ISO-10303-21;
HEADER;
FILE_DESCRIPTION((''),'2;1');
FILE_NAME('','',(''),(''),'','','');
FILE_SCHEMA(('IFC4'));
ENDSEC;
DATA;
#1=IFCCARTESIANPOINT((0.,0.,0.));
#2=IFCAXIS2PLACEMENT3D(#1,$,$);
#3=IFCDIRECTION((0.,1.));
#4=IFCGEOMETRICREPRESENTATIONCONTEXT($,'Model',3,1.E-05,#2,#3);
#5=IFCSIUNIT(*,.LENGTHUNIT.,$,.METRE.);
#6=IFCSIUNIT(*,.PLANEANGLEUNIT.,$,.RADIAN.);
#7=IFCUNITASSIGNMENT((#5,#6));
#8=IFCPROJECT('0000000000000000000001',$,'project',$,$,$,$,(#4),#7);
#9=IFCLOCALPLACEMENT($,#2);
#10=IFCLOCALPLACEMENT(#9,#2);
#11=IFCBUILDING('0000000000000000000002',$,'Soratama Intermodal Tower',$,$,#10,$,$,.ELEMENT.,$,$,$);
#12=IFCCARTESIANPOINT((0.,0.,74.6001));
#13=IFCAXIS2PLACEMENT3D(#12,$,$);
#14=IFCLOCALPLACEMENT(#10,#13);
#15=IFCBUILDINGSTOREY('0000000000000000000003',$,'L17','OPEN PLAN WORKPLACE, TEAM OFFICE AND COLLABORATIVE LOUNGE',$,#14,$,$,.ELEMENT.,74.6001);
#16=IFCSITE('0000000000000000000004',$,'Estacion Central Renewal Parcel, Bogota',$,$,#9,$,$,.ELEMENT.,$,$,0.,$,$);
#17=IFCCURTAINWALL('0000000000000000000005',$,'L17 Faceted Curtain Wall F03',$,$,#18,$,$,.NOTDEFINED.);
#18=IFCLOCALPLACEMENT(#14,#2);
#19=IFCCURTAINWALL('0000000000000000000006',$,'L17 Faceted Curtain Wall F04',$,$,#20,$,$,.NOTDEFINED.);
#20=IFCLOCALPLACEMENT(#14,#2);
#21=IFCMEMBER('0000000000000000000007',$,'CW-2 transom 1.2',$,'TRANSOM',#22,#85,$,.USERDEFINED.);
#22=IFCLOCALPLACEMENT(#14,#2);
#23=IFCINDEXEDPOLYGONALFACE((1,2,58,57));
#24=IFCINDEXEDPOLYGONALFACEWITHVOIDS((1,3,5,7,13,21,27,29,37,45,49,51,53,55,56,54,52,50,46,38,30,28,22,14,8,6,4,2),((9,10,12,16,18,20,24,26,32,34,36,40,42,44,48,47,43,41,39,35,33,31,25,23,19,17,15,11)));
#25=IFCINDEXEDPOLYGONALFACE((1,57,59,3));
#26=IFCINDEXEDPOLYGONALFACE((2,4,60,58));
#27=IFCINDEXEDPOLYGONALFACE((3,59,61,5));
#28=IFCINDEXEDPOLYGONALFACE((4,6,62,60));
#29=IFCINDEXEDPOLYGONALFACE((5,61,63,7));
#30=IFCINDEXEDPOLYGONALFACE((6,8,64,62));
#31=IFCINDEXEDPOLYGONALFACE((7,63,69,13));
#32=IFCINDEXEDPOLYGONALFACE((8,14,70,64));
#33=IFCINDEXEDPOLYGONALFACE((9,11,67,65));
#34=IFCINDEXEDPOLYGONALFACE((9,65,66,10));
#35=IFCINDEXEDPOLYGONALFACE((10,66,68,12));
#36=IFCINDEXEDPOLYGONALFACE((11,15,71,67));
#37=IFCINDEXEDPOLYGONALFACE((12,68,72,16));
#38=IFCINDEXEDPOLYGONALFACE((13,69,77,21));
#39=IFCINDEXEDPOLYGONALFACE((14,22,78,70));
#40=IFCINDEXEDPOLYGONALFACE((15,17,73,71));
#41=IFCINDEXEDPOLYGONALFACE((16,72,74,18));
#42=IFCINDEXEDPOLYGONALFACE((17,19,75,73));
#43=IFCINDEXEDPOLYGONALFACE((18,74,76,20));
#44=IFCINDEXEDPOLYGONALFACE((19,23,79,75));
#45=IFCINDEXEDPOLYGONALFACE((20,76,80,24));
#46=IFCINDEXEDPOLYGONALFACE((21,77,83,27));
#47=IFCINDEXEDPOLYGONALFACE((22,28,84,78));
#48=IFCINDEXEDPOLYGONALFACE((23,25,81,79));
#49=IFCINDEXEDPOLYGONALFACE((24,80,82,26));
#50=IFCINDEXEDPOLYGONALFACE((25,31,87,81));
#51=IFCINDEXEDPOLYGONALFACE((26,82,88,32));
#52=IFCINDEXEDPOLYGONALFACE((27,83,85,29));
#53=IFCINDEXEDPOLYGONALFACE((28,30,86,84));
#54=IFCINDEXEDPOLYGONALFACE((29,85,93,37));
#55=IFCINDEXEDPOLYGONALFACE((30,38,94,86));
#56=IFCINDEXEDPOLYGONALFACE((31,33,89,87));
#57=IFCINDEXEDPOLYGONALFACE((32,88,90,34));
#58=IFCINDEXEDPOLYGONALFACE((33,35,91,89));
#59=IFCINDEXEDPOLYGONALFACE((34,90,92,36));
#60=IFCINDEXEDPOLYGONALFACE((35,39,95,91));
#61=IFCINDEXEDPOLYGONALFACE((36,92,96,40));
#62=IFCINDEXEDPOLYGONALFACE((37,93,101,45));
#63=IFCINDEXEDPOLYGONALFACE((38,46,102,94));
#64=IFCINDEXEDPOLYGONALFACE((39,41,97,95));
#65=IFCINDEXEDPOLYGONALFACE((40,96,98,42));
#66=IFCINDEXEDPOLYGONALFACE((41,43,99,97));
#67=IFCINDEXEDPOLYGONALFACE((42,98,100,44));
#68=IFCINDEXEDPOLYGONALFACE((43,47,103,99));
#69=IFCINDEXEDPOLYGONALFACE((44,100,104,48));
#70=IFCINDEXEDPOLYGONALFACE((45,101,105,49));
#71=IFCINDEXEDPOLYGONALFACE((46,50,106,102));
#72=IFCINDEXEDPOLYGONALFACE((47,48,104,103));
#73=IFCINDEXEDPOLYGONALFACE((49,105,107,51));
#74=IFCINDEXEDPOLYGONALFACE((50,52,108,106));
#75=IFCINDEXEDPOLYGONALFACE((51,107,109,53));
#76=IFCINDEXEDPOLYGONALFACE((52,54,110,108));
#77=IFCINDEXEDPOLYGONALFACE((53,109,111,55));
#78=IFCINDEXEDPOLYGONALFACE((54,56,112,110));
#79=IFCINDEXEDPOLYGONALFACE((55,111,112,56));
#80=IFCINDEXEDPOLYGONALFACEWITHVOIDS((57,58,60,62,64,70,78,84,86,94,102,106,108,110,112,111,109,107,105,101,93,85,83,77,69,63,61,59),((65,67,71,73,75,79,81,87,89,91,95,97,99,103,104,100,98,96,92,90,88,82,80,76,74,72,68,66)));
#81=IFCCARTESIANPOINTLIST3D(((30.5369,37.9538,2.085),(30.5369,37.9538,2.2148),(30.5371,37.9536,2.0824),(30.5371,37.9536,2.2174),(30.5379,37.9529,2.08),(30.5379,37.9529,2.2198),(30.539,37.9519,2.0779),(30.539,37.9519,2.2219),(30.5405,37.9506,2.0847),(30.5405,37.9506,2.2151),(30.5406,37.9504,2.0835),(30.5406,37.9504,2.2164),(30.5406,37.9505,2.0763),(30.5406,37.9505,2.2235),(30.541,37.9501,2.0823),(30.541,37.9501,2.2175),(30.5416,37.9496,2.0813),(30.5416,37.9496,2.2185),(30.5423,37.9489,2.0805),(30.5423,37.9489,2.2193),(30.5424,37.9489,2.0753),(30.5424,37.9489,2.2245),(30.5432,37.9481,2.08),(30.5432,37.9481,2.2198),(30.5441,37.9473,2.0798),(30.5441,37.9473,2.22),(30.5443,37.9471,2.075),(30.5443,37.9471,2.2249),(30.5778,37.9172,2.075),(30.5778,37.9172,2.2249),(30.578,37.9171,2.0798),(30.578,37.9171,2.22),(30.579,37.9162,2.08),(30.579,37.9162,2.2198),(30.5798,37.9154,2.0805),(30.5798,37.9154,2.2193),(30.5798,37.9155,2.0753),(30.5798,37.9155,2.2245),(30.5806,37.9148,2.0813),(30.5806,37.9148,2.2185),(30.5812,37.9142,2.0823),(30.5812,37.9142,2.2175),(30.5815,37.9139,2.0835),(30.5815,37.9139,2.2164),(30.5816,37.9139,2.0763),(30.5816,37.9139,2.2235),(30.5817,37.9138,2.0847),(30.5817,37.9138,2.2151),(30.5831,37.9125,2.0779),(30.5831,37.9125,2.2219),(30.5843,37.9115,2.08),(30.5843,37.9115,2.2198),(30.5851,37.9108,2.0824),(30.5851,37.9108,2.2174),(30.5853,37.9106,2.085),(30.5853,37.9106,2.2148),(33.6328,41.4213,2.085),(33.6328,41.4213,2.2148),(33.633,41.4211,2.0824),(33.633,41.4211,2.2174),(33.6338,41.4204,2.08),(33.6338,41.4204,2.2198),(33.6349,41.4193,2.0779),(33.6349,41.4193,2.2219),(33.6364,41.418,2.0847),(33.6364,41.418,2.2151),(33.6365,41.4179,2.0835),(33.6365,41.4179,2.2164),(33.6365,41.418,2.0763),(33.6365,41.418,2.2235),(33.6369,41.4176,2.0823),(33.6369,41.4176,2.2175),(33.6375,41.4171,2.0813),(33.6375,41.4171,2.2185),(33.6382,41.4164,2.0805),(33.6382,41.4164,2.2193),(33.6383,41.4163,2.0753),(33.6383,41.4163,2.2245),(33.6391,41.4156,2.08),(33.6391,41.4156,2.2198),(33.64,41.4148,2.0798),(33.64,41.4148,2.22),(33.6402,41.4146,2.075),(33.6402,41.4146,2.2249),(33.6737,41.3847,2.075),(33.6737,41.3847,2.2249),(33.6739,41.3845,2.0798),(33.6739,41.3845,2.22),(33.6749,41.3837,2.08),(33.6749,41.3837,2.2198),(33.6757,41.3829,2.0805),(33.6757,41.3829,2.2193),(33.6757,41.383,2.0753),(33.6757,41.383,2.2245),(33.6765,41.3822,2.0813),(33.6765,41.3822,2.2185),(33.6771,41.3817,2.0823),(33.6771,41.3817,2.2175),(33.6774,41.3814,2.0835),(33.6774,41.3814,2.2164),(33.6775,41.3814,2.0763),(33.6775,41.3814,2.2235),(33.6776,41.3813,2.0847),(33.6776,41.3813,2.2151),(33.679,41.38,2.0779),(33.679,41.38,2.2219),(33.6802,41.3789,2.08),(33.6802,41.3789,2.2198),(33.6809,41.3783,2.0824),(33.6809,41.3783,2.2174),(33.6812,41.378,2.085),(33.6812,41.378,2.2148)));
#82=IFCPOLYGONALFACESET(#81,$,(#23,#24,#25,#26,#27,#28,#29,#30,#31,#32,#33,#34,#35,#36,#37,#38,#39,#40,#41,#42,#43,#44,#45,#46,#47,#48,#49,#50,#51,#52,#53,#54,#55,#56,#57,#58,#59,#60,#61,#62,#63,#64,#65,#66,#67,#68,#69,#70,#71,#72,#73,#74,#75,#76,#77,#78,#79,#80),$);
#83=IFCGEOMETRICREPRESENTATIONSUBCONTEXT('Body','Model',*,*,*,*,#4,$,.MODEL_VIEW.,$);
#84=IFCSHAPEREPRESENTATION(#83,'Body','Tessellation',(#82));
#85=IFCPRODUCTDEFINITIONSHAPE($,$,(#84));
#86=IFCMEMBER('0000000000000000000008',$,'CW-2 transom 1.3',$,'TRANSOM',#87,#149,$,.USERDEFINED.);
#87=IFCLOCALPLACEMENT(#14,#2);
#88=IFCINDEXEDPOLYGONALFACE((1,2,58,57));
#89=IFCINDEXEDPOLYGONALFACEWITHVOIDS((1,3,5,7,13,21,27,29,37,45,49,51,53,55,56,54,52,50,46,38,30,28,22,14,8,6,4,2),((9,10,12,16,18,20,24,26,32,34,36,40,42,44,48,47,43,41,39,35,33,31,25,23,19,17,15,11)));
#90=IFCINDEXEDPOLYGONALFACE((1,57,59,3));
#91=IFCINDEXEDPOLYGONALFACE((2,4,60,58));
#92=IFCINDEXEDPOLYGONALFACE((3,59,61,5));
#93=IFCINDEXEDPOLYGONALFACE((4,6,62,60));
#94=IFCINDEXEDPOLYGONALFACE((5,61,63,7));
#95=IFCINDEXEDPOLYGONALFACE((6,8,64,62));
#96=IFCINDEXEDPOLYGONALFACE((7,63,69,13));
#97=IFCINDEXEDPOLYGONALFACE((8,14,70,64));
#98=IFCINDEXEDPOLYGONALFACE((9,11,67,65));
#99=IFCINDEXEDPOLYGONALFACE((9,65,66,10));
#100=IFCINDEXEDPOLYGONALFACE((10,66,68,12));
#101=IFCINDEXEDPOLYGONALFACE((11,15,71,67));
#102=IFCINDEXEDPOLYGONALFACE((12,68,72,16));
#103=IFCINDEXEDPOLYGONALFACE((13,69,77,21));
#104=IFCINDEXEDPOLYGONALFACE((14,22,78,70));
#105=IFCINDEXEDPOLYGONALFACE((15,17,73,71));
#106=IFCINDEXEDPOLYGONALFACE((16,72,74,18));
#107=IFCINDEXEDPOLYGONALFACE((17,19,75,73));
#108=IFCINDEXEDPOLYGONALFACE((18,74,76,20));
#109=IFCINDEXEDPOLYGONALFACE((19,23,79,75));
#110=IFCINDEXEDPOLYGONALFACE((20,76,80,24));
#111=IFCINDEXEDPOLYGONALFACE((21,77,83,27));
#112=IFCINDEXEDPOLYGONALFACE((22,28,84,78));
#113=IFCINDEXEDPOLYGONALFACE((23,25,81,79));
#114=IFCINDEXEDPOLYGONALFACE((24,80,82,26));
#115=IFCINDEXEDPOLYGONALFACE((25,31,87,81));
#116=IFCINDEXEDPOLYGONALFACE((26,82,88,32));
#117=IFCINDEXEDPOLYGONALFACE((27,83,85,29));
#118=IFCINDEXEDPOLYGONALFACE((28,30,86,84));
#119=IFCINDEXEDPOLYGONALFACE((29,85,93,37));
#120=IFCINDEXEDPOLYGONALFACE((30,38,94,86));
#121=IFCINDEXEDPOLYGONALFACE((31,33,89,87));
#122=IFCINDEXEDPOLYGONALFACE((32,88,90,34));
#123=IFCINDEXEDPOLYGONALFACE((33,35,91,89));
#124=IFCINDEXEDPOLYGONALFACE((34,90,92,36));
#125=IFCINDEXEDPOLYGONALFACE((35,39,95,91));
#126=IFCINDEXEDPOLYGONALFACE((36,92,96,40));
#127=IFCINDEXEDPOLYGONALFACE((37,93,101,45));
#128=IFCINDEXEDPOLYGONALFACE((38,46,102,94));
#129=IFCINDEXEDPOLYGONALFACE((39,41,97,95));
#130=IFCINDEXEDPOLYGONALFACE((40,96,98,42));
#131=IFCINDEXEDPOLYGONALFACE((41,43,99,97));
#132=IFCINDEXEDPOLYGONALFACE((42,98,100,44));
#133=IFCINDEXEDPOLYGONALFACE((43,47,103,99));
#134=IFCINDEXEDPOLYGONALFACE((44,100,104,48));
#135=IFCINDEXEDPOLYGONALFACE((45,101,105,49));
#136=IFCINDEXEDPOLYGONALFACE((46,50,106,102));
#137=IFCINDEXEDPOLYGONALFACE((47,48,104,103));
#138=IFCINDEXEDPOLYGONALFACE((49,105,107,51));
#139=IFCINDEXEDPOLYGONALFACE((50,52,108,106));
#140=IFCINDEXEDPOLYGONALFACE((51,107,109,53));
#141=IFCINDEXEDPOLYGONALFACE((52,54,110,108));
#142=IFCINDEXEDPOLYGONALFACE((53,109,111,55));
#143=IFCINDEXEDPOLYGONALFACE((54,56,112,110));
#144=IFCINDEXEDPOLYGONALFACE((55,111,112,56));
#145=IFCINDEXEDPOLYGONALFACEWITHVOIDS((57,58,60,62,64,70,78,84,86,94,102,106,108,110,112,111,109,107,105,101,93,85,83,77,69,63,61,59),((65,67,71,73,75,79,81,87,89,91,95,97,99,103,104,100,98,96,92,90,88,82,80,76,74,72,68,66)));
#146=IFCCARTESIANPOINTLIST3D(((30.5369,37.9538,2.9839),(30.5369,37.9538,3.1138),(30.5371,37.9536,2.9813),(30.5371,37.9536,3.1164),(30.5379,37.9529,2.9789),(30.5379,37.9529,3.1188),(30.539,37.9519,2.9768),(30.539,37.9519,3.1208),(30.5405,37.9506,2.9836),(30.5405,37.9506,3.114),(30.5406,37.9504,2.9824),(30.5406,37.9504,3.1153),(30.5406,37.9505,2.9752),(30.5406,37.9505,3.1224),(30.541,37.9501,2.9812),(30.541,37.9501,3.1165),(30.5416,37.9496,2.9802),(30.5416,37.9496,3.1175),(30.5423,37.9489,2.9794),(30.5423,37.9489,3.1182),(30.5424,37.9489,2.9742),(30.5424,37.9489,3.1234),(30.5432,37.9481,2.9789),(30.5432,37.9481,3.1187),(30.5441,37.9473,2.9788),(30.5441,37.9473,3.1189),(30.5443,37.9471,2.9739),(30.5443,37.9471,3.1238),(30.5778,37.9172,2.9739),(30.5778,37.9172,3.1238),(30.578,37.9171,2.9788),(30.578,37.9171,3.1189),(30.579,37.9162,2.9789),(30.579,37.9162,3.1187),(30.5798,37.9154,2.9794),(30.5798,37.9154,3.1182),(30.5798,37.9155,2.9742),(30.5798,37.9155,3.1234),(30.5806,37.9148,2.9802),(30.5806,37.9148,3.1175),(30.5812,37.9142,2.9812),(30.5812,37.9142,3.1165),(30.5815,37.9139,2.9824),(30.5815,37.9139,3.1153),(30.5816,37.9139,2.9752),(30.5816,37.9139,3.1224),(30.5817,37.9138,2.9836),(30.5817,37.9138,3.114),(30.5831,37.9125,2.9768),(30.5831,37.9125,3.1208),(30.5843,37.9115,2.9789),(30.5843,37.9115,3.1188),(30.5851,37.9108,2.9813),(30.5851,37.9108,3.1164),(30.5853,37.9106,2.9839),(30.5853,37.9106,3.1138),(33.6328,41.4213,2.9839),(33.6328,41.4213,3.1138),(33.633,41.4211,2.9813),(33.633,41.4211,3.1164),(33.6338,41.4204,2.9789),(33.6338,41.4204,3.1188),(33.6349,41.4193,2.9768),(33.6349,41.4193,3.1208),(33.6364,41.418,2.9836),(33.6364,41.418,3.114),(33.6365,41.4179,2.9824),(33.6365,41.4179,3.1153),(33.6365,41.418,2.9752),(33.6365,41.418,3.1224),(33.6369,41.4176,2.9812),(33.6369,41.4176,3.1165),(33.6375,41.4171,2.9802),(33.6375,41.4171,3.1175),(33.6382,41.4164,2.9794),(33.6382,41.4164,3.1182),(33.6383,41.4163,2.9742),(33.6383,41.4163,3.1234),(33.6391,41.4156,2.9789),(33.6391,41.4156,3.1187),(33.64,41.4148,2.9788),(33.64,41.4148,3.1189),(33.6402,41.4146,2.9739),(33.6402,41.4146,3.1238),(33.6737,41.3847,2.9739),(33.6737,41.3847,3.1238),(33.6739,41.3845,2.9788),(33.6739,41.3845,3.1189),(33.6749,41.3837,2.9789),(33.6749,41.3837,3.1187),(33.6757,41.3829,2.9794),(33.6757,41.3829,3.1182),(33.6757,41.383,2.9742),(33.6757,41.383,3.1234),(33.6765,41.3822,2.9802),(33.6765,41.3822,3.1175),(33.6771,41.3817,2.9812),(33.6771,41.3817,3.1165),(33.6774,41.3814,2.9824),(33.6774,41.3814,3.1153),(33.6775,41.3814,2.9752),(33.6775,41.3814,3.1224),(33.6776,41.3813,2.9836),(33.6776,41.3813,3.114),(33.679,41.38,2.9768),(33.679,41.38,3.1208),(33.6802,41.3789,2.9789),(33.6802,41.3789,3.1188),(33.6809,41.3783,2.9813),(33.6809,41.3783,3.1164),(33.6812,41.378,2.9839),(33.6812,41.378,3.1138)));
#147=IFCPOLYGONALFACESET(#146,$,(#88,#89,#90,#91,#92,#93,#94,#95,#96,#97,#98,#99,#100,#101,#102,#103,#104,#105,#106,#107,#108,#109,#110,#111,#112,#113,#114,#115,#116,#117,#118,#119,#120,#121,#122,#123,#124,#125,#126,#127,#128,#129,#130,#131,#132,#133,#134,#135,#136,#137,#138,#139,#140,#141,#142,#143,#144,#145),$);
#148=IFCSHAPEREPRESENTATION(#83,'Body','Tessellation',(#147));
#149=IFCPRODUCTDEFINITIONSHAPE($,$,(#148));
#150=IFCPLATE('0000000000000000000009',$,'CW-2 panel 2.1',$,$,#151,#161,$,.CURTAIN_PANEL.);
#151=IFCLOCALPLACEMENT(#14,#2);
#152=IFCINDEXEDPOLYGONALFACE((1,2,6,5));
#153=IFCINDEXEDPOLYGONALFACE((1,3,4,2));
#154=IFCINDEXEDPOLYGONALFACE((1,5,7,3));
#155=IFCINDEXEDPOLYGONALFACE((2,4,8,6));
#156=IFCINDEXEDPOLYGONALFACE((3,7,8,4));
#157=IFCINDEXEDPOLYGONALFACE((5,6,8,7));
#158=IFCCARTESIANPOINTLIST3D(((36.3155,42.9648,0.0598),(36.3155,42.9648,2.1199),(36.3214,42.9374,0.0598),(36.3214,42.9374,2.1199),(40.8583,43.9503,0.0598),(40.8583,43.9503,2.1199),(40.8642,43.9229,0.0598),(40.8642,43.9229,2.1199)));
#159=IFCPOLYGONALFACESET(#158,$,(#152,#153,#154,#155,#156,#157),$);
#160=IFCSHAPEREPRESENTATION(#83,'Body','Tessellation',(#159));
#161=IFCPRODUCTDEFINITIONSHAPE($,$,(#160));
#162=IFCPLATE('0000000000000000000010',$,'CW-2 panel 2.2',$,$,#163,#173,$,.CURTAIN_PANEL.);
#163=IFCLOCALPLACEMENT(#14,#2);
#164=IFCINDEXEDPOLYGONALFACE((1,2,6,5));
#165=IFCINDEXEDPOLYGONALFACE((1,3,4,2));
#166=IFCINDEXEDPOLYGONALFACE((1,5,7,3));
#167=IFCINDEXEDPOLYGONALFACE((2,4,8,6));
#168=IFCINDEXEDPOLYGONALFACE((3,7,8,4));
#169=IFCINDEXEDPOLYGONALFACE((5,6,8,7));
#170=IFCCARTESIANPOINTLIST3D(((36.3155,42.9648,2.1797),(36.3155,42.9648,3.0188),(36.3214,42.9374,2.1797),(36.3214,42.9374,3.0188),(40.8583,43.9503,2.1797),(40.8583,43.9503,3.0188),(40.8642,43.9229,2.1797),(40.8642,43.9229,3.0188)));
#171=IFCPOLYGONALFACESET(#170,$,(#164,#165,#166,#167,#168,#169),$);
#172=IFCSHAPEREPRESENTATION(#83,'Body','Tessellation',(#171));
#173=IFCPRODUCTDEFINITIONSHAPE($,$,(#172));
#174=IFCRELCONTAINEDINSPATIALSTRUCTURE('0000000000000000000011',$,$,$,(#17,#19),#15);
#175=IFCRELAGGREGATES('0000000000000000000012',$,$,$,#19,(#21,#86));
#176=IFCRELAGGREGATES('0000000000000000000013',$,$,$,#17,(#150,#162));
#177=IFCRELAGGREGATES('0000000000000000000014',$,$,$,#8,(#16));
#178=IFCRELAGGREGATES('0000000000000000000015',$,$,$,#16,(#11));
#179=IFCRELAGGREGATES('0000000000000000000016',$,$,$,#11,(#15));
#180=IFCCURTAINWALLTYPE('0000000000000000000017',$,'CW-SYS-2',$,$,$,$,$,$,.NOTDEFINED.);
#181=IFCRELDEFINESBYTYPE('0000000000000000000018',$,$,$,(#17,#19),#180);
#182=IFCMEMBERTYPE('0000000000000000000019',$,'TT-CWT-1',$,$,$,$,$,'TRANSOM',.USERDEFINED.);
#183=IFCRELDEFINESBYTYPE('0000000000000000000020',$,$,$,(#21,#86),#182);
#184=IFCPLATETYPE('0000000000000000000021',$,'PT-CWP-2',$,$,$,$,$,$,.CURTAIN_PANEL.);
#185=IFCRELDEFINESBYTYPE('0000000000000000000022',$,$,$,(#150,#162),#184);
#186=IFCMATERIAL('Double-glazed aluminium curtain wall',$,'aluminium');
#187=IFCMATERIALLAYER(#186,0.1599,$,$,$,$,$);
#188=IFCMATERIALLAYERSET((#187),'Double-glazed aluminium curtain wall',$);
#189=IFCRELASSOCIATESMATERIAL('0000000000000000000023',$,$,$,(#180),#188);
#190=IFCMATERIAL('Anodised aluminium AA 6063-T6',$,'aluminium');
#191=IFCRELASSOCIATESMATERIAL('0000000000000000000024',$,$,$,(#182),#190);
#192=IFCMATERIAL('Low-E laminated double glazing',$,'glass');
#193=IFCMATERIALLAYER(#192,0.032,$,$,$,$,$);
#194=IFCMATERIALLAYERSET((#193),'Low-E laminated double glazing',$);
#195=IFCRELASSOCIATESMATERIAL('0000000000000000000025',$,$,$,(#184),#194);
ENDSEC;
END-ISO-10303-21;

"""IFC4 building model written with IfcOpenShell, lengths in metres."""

from ifc_helpers import new_model, si_unit, direction, frame, origin, origin_2d, place, context, subcontext, project, spatial, rectangle, hollow_rectangle, extrude, material, layer, layer_set, material_profile, profile_set, type_object, element, aggregate, save


model = new_model("IFC4")

# Units and contexts
model_context = context("Model", 3, precision=1e-05, world=origin(), true_north=direction((0.0, 1.0)))
body_context = subcontext(model_context, "Body", "Model", "MODEL_VIEW")
ifc_project = project(units=[si_unit("LENGTHUNIT", "METRE"), si_unit("PLANEANGLEUNIT", "RADIAN")], contexts=[model_context])

# Site, building, storey
site_placement = place(None, origin())
site = spatial("IfcSite", under=ifc_project, at=site_placement, Name="Estacion Central Renewal Parcel, Bogota", CompositionType="ELEMENT", RefElevation=0.0)
building_placement = place(site_placement, origin())
building = spatial("IfcBuilding", under=site, at=building_placement, Name="Soratama Intermodal Tower", CompositionType="ELEMENT")
storey_placement = place(building_placement, frame((0.0, 0.0, 74.6001)))
storey = spatial("IfcBuildingStorey", under=building, at=storey_placement, Name="L17", Description="OPEN PLAN WORKPLACE, TEAM OFFICE AND COLLABORATIVE LOUNGE", CompositionType="ELEMENT", Elevation=74.6001)

# Curtain wall
ifc_material_1 = material(Name="Double-glazed aluminium curtain wall", Category="aluminium")
ifc_layer_1 = layer(ifc_material_1, 0.1599)
ifc_layer_set_1 = layer_set([ifc_layer_1], Name="Double-glazed aluminium curtain wall")
curtain_wall_type = type_object("IfcCurtainWallType", Name="CW-SYS-2", PredefinedType="NOTDEFINED", material=ifc_layer_set_1)
curtain_wall_1_placement = place(storey_placement, origin())
curtain_wall_1 = element("IfcCurtainWall", 1, at=curtain_wall_1_placement, inside=storey, type_object=curtain_wall_type, Name="L17 Faceted Curtain Wall F03", PredefinedType="NOTDEFINED")

# Curtain wall, members
curtain_wall_2_placement = place(storey_placement, origin())
curtain_wall_2 = element("IfcCurtainWall", 2, at=curtain_wall_2_placement, inside=storey, type_object=curtain_wall_type, Name="L17 Faceted Curtain Wall F04", PredefinedType="NOTDEFINED")
ifc_material_2 = material(Name="Anodised aluminium AA 6063-T6", Category="aluminium")
ifc_material_profile_1 = material_profile(ifc_material_2, hollow_rectangle(XDim=0.0649, YDim=0.1499, WallThickness=0.0049, InnerFilletRadius=0.0049, OuterFilletRadius=0.01, at=origin_2d()), Name="CWT150X65X5")
ifc_profile_set_1 = profile_set([ifc_material_profile_1], Name="Anodised aluminium AA 6063-T6")
member_type_1 = type_object("IfcMemberType", Name="TT-CWT-1", ElementType="TRANSOM", PredefinedType="USERDEFINED", material=ifc_profile_set_1)
member_1_placement = place(storey_placement, frame((33.657, 41.3997, 2.1499), z_axis=(-0.666008, -0.745944, 0.0), x_axis=(0.745944, -0.666008, 0.0)))
member_1 = element("IfcMember", 3, at=member_1_placement, type_object=member_type_1, Name="CW-2 transom 1.2", ObjectType="TRANSOM", PredefinedType="USERDEFINED", context=body_context, shape_type="SweptSolid", body=[
    extrude(hollow_rectangle(XDim=0.0649, YDim=0.1499, WallThickness=0.0049, InnerFilletRadius=0.0049, OuterFilletRadius=0.01, at=origin_2d()), origin(), (0.0, 0.0, 1.0), 4.6484),
])
member_2_placement = place(storey_placement, frame((33.657, 41.3997, 3.0488), z_axis=(-0.666008, -0.745944, 0.0), x_axis=(0.745944, -0.666008, 0.0)))
member_2 = element("IfcMember", 4, at=member_2_placement, type_object=member_type_1, Name="CW-2 transom 1.3", ObjectType="TRANSOM", PredefinedType="USERDEFINED", context=body_context, shape_type="SweptSolid", body=[
    extrude(hollow_rectangle(XDim=0.0649, YDim=0.1499, WallThickness=0.0049, InnerFilletRadius=0.0049, OuterFilletRadius=0.01, at=origin_2d()), origin(), (0.0, 0.0, 1.0), 4.6484),
])
aggregate(curtain_wall_2, [member_1, member_2])

# Plates
ifc_material_3 = material(Name="Low-E laminated double glazing", Category="glass")
ifc_layer_2 = layer(ifc_material_3, 0.032)
ifc_layer_set_2 = layer_set([ifc_layer_2], Name="Low-E laminated double glazing")
plate_type = type_object("IfcPlateType", Name="PT-CWP-2", PredefinedType="CURTAIN_PANEL", material=ifc_layer_set_2)
plate_1_placement = place(storey_placement, frame((38.5898, 43.4438, 0.0598), z_axis=(0.0, 0.0, 1.0), x_axis=(-0.97727, -0.211999, 0.0)))
plate_1 = element("IfcPlate", 5, at=plate_1_placement, type_object=plate_type, Name="CW-2 panel 2.1", PredefinedType="CURTAIN_PANEL", context=body_context, shape_type="SweptSolid", body=[
    extrude(rectangle(XDim=4.6484, YDim=0.0281, at=origin_2d()), origin(), (0.0, 0.0, 1.0), 2.0601),
])
plate_2_placement = place(storey_placement, frame((38.5898, 43.4438, 2.1797), z_axis=(0.0, 0.0, 1.0), x_axis=(-0.97727, -0.211999, 0.0)))
plate_2 = element("IfcPlate", 6, at=plate_2_placement, type_object=plate_type, Name="CW-2 panel 2.2", PredefinedType="CURTAIN_PANEL", context=body_context, shape_type="SweptSolid", body=[
    extrude(rectangle(XDim=4.6484, YDim=0.0281, at=origin_2d()), origin(), (0.0, 0.0, 1.0), 0.8391),
])
aggregate(curtain_wall_1, [plate_1, plate_2])

save(model, "model.ifc")
